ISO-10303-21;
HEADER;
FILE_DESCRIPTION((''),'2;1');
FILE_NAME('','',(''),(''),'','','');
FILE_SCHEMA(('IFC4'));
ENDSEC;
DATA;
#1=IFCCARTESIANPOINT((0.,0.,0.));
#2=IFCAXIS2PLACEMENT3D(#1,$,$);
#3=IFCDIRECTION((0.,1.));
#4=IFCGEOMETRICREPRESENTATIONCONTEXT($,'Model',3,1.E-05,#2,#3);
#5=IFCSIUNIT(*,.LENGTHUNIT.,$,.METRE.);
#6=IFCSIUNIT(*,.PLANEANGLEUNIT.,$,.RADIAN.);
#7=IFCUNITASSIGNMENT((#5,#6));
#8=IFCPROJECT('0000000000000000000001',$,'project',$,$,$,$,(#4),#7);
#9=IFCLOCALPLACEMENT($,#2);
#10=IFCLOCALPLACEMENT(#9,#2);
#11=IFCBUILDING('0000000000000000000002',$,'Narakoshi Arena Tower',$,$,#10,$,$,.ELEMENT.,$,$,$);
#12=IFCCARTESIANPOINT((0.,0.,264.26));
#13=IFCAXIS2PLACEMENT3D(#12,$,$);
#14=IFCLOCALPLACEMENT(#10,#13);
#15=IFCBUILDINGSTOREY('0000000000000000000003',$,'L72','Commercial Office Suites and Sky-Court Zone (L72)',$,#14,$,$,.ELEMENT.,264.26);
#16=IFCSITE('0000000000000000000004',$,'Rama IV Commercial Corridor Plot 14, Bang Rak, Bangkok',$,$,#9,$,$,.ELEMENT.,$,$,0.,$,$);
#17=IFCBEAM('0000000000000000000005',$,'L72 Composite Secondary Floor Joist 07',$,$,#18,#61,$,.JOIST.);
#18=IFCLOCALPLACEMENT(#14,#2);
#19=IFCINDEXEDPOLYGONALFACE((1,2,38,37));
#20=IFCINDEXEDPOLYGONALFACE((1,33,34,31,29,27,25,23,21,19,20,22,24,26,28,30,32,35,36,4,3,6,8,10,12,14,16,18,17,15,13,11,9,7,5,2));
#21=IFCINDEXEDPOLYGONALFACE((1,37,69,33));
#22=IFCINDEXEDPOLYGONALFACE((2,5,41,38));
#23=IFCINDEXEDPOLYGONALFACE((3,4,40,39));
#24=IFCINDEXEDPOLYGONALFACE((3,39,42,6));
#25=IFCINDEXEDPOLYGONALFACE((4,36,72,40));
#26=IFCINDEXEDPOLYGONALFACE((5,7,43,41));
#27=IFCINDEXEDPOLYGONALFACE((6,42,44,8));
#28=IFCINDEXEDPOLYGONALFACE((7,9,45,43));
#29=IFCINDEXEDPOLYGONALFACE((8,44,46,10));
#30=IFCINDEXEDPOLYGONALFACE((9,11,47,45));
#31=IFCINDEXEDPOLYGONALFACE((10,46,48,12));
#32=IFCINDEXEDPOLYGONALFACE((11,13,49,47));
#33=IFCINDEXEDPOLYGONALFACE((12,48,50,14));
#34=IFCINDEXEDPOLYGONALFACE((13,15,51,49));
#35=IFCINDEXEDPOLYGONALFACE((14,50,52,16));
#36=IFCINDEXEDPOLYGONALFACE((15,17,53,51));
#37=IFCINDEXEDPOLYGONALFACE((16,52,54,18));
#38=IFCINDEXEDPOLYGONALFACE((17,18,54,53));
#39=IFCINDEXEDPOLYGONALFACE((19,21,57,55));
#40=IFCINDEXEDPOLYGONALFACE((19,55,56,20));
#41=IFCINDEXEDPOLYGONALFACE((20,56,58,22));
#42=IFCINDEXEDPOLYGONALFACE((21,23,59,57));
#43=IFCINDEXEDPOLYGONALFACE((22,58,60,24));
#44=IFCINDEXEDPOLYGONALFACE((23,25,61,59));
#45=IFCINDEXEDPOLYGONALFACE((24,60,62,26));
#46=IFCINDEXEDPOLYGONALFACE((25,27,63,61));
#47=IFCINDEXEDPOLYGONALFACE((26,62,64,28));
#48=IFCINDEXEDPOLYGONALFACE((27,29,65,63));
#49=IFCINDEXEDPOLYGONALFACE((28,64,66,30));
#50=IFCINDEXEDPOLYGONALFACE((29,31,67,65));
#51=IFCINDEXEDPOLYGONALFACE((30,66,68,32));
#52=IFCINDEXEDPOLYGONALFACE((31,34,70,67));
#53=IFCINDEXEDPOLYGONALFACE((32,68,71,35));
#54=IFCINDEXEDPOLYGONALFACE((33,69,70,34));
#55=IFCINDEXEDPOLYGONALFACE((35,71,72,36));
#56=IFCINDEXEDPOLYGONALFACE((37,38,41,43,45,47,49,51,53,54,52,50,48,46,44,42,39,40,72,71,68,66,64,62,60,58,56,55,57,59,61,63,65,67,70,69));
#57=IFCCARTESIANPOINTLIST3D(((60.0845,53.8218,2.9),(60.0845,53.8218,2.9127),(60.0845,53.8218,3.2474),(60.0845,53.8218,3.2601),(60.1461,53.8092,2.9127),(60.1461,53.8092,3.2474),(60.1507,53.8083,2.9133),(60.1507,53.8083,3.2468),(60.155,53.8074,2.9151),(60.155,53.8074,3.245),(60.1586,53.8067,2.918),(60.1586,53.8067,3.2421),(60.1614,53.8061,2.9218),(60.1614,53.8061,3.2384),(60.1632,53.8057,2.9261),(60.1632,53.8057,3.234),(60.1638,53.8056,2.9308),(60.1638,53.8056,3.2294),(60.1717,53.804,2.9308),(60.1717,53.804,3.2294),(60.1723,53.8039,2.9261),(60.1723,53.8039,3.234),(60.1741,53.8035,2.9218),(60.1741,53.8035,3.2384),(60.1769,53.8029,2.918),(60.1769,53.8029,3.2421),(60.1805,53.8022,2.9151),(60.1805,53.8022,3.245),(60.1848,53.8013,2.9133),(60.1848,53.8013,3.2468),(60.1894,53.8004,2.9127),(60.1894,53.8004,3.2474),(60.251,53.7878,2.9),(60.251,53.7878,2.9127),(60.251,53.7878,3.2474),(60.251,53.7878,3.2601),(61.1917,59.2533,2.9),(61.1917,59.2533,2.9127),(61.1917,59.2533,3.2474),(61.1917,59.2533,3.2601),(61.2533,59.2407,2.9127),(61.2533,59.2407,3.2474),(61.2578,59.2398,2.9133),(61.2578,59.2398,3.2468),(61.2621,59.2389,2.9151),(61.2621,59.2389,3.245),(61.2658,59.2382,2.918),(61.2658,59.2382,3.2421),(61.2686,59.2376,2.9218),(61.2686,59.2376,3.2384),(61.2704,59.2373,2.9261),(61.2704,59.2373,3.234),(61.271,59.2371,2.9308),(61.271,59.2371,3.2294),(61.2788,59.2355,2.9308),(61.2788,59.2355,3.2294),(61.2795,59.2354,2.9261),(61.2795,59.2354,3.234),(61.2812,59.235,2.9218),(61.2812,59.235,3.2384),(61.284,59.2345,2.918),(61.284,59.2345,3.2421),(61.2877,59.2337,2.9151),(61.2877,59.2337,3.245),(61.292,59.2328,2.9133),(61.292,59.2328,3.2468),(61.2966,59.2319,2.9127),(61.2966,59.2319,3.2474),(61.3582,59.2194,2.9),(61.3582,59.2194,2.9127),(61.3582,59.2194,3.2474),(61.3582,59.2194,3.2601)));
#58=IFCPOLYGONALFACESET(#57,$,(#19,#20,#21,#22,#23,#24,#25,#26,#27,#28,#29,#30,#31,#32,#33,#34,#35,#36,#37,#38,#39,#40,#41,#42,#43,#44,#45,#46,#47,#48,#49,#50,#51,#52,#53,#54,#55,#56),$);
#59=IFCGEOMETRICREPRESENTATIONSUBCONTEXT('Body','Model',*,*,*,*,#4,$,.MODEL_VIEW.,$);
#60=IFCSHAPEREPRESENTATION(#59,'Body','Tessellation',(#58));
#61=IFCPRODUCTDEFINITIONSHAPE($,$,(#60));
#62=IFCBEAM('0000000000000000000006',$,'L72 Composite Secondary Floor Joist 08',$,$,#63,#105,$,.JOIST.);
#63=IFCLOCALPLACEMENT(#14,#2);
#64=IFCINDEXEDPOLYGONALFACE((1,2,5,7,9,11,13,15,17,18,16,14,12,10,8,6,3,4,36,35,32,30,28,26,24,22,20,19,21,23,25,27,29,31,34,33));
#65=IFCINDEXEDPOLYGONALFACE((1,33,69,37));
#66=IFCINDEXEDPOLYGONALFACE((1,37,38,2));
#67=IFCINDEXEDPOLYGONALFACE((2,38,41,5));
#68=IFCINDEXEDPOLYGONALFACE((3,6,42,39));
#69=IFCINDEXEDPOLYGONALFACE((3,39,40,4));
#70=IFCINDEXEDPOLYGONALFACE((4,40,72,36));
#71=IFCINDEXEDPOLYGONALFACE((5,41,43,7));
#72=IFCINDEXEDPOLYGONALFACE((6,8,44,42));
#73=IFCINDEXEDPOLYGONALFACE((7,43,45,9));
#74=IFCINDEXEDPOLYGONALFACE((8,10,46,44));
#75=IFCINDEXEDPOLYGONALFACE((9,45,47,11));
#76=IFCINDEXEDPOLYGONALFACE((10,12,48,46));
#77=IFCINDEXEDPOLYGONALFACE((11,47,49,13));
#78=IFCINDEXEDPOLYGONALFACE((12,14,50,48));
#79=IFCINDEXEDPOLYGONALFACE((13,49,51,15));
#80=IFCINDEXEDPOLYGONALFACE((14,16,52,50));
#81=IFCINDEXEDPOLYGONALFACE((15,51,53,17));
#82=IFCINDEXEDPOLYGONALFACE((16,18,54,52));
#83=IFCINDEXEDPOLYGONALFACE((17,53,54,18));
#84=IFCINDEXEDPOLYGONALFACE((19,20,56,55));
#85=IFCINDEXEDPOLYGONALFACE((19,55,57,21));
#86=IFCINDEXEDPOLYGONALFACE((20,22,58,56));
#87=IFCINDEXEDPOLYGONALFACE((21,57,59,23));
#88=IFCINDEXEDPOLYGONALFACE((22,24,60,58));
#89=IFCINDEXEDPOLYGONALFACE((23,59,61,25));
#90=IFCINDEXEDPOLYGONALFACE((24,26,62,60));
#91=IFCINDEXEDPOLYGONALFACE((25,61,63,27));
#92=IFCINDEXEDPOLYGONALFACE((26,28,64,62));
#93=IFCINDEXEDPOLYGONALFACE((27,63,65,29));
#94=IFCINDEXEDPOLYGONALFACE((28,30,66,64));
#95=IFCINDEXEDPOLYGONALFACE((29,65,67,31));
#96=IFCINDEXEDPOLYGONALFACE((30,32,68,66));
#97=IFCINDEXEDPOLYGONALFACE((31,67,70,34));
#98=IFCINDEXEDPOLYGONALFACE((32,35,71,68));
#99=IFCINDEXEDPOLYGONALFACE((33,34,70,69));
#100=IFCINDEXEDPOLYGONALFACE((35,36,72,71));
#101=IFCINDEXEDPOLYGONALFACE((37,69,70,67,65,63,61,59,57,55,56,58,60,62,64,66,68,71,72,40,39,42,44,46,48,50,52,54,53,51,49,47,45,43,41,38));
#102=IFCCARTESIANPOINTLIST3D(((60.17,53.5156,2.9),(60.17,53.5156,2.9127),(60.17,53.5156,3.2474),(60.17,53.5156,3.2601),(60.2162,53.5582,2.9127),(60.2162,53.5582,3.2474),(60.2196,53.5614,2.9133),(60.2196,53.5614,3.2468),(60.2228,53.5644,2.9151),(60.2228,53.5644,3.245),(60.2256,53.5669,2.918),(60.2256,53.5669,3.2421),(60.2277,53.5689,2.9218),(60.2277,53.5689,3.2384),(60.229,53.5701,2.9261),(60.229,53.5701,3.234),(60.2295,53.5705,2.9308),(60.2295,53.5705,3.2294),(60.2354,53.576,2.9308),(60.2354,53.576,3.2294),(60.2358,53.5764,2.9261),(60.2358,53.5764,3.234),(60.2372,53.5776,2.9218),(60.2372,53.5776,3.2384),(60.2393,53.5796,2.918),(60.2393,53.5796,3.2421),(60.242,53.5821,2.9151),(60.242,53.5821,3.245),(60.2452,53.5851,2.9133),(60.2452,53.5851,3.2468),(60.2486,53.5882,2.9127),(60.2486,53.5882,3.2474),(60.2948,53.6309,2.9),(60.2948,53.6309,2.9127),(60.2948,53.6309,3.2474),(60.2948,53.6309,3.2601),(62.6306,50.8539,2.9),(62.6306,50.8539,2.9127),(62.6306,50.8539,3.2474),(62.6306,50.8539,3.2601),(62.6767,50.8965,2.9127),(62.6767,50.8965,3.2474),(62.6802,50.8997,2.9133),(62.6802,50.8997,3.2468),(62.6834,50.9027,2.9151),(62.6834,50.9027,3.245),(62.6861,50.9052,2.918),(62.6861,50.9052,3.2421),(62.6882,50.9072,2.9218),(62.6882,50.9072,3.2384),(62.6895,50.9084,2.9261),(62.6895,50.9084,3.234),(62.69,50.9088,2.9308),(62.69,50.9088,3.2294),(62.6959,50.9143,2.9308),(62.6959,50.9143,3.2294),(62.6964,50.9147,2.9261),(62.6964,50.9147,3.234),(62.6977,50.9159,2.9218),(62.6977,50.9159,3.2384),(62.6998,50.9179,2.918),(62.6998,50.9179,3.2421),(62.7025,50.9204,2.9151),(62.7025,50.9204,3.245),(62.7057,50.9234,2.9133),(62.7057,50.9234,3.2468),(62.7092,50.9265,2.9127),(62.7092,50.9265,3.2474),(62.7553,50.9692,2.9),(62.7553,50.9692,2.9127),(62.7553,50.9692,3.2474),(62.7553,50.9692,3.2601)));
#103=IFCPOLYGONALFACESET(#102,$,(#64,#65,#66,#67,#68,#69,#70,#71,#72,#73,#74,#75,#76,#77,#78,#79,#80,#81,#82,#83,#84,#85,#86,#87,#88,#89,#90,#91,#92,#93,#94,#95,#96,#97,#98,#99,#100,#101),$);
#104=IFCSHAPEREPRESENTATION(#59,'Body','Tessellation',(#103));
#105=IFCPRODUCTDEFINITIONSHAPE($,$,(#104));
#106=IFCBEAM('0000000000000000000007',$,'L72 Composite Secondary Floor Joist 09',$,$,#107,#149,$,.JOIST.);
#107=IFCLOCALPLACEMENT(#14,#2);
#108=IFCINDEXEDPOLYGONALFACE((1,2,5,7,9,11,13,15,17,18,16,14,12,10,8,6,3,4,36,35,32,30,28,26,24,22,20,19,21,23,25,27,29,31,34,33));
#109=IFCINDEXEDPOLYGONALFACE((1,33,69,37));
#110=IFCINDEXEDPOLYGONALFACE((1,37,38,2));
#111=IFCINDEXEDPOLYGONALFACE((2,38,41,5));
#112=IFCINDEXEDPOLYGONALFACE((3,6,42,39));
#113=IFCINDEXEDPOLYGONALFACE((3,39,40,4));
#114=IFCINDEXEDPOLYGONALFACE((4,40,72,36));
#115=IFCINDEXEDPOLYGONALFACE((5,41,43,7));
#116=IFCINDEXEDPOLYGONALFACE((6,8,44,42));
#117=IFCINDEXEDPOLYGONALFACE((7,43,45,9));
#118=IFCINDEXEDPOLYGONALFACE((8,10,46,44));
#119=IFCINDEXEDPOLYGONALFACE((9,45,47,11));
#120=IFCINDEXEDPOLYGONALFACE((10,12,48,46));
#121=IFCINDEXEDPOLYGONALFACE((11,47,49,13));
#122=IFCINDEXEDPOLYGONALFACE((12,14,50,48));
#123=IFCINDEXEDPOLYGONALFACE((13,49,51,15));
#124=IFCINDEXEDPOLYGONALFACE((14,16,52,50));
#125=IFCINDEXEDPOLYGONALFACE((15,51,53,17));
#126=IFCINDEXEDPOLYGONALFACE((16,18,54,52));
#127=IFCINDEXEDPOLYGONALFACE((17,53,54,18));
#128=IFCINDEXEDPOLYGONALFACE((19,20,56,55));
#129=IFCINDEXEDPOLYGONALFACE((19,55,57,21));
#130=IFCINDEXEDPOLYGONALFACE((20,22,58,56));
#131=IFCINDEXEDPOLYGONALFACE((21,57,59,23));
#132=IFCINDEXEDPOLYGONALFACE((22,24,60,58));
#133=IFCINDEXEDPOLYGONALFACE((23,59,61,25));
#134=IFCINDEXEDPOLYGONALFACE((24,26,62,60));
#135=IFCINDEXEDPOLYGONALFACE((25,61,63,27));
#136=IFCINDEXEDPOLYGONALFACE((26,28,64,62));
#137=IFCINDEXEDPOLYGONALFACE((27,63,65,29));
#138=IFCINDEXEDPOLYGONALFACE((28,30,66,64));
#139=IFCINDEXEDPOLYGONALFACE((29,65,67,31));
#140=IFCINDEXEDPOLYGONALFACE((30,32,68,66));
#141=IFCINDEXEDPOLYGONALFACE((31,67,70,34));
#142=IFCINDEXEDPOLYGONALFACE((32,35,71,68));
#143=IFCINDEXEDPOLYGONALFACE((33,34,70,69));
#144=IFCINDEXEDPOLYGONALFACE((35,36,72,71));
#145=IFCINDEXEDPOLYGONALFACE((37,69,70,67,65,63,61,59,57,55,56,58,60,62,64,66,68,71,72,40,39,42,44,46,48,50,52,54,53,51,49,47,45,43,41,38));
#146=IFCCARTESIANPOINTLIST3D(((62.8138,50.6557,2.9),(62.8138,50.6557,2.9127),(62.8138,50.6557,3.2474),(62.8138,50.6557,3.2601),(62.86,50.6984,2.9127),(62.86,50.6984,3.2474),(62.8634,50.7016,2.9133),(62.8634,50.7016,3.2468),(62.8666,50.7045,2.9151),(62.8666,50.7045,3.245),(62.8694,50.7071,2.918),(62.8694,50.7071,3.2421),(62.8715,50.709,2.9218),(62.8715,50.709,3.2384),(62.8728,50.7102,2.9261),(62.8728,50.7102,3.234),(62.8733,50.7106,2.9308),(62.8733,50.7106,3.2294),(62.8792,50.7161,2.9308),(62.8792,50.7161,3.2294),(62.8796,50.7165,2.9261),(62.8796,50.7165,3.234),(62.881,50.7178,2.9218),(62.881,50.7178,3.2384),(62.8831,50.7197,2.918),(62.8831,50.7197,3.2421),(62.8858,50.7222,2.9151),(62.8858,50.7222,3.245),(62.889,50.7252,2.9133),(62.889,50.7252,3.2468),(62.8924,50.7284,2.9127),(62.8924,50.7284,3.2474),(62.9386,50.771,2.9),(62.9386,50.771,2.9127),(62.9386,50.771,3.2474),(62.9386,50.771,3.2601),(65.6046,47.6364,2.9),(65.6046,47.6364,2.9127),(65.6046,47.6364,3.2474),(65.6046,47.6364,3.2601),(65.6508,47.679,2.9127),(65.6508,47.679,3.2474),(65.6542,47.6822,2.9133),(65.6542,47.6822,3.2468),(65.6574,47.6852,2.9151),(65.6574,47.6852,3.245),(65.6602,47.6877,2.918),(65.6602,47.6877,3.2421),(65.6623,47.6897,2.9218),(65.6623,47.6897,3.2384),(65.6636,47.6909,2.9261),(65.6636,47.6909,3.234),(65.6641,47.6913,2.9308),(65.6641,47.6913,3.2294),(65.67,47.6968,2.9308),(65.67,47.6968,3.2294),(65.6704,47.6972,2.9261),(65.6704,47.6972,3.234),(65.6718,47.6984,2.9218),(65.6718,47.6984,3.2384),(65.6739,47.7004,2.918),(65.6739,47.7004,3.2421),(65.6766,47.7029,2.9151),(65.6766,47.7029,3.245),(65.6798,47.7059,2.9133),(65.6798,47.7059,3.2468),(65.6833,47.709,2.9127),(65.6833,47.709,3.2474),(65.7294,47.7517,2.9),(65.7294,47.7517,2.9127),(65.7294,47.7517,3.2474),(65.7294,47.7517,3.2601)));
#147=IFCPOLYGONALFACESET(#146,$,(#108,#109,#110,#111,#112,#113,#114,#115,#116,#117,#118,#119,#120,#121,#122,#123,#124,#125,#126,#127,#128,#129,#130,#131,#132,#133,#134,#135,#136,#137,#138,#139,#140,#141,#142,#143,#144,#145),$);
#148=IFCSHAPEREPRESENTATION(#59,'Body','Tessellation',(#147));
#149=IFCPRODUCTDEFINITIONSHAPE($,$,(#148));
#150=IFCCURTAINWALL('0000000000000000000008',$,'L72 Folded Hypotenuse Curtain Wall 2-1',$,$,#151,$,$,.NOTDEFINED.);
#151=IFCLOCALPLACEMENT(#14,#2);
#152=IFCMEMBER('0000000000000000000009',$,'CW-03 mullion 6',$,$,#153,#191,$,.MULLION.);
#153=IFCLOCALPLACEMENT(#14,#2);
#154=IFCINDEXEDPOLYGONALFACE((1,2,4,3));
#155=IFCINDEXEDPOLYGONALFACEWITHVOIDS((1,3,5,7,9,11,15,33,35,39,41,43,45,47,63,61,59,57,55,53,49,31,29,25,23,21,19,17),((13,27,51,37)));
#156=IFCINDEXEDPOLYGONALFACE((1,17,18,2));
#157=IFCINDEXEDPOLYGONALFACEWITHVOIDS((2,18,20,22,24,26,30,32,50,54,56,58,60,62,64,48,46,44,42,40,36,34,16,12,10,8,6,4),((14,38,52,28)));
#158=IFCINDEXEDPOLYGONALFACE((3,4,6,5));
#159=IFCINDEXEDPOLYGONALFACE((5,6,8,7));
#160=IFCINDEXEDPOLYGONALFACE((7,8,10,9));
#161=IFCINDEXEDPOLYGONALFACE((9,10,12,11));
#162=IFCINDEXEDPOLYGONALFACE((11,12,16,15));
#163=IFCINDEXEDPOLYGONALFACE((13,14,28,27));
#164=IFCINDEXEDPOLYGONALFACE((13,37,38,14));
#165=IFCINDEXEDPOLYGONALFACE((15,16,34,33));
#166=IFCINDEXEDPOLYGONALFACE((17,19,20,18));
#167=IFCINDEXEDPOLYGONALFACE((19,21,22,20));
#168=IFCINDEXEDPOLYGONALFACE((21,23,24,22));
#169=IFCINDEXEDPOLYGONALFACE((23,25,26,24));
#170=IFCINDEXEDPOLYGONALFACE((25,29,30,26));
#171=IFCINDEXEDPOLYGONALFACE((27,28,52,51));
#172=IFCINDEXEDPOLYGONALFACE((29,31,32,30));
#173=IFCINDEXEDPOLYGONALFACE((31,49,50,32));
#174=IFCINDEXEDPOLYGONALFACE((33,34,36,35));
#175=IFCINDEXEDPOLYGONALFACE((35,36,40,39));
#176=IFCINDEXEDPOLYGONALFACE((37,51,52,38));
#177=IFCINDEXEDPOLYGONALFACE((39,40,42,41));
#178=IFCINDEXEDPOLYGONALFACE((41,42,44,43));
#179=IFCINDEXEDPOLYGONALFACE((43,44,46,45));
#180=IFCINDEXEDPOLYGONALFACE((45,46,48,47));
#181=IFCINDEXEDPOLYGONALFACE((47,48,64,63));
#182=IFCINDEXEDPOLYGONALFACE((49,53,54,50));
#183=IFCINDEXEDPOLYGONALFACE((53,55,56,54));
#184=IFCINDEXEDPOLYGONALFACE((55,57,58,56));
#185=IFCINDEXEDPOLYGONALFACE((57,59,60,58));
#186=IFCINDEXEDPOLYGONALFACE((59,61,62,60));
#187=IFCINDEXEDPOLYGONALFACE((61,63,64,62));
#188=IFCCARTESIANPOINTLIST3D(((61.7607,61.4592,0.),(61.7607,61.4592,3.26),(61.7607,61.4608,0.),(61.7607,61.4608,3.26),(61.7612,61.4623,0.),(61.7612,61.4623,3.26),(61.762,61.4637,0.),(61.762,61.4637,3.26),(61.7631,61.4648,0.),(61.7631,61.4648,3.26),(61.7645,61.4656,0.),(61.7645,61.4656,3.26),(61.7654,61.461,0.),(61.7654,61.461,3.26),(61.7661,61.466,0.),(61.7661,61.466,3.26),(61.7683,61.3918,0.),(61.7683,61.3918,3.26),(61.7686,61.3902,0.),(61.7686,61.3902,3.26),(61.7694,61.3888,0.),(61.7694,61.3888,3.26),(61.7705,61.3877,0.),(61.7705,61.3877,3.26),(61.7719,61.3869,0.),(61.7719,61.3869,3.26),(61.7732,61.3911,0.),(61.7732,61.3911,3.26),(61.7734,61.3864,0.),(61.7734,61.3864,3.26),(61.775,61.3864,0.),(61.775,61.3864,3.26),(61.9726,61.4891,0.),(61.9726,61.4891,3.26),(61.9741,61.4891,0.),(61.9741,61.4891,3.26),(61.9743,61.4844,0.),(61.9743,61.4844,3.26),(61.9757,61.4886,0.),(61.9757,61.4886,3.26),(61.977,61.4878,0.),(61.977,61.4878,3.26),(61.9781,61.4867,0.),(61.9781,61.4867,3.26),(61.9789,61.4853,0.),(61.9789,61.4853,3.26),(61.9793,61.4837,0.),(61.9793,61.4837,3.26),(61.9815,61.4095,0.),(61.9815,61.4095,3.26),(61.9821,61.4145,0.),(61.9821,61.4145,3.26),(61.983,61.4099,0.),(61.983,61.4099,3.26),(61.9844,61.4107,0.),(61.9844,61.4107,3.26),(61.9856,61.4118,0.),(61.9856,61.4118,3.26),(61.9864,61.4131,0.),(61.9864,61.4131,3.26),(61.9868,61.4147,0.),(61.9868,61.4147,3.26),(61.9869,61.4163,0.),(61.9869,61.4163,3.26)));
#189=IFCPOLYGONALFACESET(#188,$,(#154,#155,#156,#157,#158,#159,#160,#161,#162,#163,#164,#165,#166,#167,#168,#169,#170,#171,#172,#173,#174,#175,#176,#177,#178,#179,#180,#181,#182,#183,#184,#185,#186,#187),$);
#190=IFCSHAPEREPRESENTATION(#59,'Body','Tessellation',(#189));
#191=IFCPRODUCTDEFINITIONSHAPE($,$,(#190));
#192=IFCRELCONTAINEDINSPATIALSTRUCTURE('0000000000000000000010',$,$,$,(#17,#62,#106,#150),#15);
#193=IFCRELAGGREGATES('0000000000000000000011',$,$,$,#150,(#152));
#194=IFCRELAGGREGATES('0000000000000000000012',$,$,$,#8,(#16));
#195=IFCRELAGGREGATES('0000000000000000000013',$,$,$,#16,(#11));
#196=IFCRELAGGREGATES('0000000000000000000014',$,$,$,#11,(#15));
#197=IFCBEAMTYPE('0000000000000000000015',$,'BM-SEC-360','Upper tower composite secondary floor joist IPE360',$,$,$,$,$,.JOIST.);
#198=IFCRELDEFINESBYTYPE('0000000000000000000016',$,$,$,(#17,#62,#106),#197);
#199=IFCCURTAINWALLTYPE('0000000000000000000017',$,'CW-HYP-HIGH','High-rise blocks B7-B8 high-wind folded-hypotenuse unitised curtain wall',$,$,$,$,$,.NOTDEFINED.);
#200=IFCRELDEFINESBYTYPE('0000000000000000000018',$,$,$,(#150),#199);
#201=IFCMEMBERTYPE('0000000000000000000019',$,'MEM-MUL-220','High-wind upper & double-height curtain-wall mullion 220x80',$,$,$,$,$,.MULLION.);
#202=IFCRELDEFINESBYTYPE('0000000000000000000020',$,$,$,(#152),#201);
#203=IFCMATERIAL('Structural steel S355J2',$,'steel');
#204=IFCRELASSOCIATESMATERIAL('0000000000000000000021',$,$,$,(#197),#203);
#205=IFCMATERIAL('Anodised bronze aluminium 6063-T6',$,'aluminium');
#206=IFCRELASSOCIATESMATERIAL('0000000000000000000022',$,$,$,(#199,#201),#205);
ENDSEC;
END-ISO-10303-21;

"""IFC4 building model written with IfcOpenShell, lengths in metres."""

from ifc_helpers import new_model, si_unit, direction, frame, origin, origin_2d, place, context, subcontext, project, spatial, hollow_rectangle, i_section, extrude, material, material_profile, profile_set, type_object, element, aggregate, save


model = new_model("IFC4")

# Units and contexts
model_context = context("Model", 3, precision=1e-05, world=origin(), true_north=direction((0.0, 1.0)))
body_context = subcontext(model_context, "Body", "Model", "MODEL_VIEW")
ifc_project = project(units=[si_unit("LENGTHUNIT", "METRE"), si_unit("PLANEANGLEUNIT", "RADIAN")], contexts=[model_context])

# Site, building, storey
site_placement = place(None, origin())
site = spatial("IfcSite", under=ifc_project, at=site_placement, Name="Rama IV Commercial Corridor Plot 14, Bang Rak, Bangkok", CompositionType="ELEMENT", RefElevation=0.0)
building_placement = place(site_placement, origin())
building = spatial("IfcBuilding", under=site, at=building_placement, Name="Narakoshi Arena Tower", CompositionType="ELEMENT")
storey_placement = place(building_placement, frame((0.0, 0.0, 264.26)))
storey = spatial("IfcBuildingStorey", under=building, at=storey_placement, Name="L72", Description="Commercial Office Suites and Sky-Court Zone (L72)", CompositionType="ELEMENT", Elevation=264.26)

# Beams
ifc_material_1 = material(Name="Structural steel S355J2", Category="steel")
ifc_material_profile_1 = material_profile(ifc_material_1, i_section(OverallWidth=0.1699, OverallDepth=0.3601, WebThickness=0.0081, FlangeThickness=0.0127, FilletRadius=0.0181, at=origin_2d()), Name="IPE360")
ifc_profile_set_1 = profile_set([ifc_material_profile_1], Name="Structural steel S355J2")
beam_type_1 = type_object("IfcBeamType", Name="BM-SEC-360", Description="Upper tower composite secondary floor joist IPE360", PredefinedType="JOIST", material=ifc_profile_set_1)
beam_1_placement = place(storey_placement, frame((61.2749, 59.2363, 3.0801), z_axis=(-0.199731, -0.979851, 0.0), x_axis=(0.979851, -0.199731, 0.0)))
element("IfcBeam", 1, at=beam_1_placement, inside=storey, type_object=beam_type_1, Name="L72 Composite Secondary Floor Joist 07", PredefinedType="JOIST", context=body_context, shape_type="SweptSolid", body=[
    extrude(i_section(OverallWidth=0.1699, OverallDepth=0.3601, WebThickness=0.0081, FlangeThickness=0.0127, FilletRadius=0.0181, at=origin_2d()), origin(), (0.0, 0.0, 1.0), 5.5432),
])
beam_2_placement = place(storey_placement, frame((60.2324, 53.5732, 3.0801), z_axis=(0.678811, -0.734313, 0.0), x_axis=(0.734313, 0.678811, 0.0)))
element("IfcBeam", 2, at=beam_2_placement, inside=storey, type_object=beam_type_1, Name="L72 Composite Secondary Floor Joist 08", PredefinedType="JOIST", context=body_context, shape_type="SweptSolid", body=[
    extrude(i_section(OverallWidth=0.1699, OverallDepth=0.3601, WebThickness=0.0081, FlangeThickness=0.0127, FilletRadius=0.0181, at=origin_2d()), origin(), (0.0, 0.0, 1.0), 3.6248),
])
beam_3_placement = place(storey_placement, frame((62.8762, 50.7134, 3.0801), z_axis=(0.678771, -0.73435, 0.0), x_axis=(0.73435, 0.678771, 0.0)))
element("IfcBeam", 3, at=beam_3_placement, inside=storey, type_object=beam_type_1, Name="L72 Composite Secondary Floor Joist 09", PredefinedType="JOIST", context=body_context, shape_type="SweptSolid", body=[
    extrude(i_section(OverallWidth=0.1699, OverallDepth=0.3601, WebThickness=0.0081, FlangeThickness=0.0127, FilletRadius=0.0181, at=origin_2d()), origin(), (0.0, 0.0, 1.0), 4.1116),
])

# Curtain wall, member
ifc_material_2 = material(Name="Anodised bronze aluminium 6063-T6", Category="aluminium")
curtain_wall_type = type_object("IfcCurtainWallType", Name="CW-HYP-HIGH", Description="High-rise blocks B7-B8 high-wind folded-hypotenuse unitised curtain wall", PredefinedType="NOTDEFINED", material=ifc_material_2)
curtain_wall_placement = place(storey_placement, origin())
curtain_wall = element("IfcCurtainWall", 4, at=curtain_wall_placement, inside=storey, type_object=curtain_wall_type, Name="L72 Folded Hypotenuse Curtain Wall 2-1", PredefinedType="NOTDEFINED")
ifc_material_profile_2 = material_profile(ifc_material_2, hollow_rectangle(XDim=0.0801, YDim=0.22, WallThickness=0.0049, OuterFilletRadius=0.0061, at=origin_2d()), Name="MUL220x80x5")
ifc_profile_set_2 = profile_set([ifc_material_profile_2], Name="Anodised bronze aluminium 6063-T6")
member_type_1 = type_object("IfcMemberType", Name="MEM-MUL-220", Description="High-wind upper & double-height curtain-wall mullion 220x80", PredefinedType="MULLION", material=ifc_profile_set_2)
member_1_placement = place(storey_placement, frame((61.8738, 61.4377, 0.0), z_axis=(0.0, 0.0, 1.0), x_axis=(0.111396, -0.993776, 0.0)))
member_1 = element("IfcMember", 5, at=member_1_placement, type_object=member_type_1, Name="CW-03 mullion 6", PredefinedType="MULLION", context=body_context, shape_type="SweptSolid", body=[
    extrude(hollow_rectangle(XDim=0.0801, YDim=0.22, WallThickness=0.0049, OuterFilletRadius=0.0061, at=origin_2d()), origin(), (0.0, 0.0, 1.0), 3.26),
])
aggregate(curtain_wall, [member_1])

save(model, "model.ifc")
